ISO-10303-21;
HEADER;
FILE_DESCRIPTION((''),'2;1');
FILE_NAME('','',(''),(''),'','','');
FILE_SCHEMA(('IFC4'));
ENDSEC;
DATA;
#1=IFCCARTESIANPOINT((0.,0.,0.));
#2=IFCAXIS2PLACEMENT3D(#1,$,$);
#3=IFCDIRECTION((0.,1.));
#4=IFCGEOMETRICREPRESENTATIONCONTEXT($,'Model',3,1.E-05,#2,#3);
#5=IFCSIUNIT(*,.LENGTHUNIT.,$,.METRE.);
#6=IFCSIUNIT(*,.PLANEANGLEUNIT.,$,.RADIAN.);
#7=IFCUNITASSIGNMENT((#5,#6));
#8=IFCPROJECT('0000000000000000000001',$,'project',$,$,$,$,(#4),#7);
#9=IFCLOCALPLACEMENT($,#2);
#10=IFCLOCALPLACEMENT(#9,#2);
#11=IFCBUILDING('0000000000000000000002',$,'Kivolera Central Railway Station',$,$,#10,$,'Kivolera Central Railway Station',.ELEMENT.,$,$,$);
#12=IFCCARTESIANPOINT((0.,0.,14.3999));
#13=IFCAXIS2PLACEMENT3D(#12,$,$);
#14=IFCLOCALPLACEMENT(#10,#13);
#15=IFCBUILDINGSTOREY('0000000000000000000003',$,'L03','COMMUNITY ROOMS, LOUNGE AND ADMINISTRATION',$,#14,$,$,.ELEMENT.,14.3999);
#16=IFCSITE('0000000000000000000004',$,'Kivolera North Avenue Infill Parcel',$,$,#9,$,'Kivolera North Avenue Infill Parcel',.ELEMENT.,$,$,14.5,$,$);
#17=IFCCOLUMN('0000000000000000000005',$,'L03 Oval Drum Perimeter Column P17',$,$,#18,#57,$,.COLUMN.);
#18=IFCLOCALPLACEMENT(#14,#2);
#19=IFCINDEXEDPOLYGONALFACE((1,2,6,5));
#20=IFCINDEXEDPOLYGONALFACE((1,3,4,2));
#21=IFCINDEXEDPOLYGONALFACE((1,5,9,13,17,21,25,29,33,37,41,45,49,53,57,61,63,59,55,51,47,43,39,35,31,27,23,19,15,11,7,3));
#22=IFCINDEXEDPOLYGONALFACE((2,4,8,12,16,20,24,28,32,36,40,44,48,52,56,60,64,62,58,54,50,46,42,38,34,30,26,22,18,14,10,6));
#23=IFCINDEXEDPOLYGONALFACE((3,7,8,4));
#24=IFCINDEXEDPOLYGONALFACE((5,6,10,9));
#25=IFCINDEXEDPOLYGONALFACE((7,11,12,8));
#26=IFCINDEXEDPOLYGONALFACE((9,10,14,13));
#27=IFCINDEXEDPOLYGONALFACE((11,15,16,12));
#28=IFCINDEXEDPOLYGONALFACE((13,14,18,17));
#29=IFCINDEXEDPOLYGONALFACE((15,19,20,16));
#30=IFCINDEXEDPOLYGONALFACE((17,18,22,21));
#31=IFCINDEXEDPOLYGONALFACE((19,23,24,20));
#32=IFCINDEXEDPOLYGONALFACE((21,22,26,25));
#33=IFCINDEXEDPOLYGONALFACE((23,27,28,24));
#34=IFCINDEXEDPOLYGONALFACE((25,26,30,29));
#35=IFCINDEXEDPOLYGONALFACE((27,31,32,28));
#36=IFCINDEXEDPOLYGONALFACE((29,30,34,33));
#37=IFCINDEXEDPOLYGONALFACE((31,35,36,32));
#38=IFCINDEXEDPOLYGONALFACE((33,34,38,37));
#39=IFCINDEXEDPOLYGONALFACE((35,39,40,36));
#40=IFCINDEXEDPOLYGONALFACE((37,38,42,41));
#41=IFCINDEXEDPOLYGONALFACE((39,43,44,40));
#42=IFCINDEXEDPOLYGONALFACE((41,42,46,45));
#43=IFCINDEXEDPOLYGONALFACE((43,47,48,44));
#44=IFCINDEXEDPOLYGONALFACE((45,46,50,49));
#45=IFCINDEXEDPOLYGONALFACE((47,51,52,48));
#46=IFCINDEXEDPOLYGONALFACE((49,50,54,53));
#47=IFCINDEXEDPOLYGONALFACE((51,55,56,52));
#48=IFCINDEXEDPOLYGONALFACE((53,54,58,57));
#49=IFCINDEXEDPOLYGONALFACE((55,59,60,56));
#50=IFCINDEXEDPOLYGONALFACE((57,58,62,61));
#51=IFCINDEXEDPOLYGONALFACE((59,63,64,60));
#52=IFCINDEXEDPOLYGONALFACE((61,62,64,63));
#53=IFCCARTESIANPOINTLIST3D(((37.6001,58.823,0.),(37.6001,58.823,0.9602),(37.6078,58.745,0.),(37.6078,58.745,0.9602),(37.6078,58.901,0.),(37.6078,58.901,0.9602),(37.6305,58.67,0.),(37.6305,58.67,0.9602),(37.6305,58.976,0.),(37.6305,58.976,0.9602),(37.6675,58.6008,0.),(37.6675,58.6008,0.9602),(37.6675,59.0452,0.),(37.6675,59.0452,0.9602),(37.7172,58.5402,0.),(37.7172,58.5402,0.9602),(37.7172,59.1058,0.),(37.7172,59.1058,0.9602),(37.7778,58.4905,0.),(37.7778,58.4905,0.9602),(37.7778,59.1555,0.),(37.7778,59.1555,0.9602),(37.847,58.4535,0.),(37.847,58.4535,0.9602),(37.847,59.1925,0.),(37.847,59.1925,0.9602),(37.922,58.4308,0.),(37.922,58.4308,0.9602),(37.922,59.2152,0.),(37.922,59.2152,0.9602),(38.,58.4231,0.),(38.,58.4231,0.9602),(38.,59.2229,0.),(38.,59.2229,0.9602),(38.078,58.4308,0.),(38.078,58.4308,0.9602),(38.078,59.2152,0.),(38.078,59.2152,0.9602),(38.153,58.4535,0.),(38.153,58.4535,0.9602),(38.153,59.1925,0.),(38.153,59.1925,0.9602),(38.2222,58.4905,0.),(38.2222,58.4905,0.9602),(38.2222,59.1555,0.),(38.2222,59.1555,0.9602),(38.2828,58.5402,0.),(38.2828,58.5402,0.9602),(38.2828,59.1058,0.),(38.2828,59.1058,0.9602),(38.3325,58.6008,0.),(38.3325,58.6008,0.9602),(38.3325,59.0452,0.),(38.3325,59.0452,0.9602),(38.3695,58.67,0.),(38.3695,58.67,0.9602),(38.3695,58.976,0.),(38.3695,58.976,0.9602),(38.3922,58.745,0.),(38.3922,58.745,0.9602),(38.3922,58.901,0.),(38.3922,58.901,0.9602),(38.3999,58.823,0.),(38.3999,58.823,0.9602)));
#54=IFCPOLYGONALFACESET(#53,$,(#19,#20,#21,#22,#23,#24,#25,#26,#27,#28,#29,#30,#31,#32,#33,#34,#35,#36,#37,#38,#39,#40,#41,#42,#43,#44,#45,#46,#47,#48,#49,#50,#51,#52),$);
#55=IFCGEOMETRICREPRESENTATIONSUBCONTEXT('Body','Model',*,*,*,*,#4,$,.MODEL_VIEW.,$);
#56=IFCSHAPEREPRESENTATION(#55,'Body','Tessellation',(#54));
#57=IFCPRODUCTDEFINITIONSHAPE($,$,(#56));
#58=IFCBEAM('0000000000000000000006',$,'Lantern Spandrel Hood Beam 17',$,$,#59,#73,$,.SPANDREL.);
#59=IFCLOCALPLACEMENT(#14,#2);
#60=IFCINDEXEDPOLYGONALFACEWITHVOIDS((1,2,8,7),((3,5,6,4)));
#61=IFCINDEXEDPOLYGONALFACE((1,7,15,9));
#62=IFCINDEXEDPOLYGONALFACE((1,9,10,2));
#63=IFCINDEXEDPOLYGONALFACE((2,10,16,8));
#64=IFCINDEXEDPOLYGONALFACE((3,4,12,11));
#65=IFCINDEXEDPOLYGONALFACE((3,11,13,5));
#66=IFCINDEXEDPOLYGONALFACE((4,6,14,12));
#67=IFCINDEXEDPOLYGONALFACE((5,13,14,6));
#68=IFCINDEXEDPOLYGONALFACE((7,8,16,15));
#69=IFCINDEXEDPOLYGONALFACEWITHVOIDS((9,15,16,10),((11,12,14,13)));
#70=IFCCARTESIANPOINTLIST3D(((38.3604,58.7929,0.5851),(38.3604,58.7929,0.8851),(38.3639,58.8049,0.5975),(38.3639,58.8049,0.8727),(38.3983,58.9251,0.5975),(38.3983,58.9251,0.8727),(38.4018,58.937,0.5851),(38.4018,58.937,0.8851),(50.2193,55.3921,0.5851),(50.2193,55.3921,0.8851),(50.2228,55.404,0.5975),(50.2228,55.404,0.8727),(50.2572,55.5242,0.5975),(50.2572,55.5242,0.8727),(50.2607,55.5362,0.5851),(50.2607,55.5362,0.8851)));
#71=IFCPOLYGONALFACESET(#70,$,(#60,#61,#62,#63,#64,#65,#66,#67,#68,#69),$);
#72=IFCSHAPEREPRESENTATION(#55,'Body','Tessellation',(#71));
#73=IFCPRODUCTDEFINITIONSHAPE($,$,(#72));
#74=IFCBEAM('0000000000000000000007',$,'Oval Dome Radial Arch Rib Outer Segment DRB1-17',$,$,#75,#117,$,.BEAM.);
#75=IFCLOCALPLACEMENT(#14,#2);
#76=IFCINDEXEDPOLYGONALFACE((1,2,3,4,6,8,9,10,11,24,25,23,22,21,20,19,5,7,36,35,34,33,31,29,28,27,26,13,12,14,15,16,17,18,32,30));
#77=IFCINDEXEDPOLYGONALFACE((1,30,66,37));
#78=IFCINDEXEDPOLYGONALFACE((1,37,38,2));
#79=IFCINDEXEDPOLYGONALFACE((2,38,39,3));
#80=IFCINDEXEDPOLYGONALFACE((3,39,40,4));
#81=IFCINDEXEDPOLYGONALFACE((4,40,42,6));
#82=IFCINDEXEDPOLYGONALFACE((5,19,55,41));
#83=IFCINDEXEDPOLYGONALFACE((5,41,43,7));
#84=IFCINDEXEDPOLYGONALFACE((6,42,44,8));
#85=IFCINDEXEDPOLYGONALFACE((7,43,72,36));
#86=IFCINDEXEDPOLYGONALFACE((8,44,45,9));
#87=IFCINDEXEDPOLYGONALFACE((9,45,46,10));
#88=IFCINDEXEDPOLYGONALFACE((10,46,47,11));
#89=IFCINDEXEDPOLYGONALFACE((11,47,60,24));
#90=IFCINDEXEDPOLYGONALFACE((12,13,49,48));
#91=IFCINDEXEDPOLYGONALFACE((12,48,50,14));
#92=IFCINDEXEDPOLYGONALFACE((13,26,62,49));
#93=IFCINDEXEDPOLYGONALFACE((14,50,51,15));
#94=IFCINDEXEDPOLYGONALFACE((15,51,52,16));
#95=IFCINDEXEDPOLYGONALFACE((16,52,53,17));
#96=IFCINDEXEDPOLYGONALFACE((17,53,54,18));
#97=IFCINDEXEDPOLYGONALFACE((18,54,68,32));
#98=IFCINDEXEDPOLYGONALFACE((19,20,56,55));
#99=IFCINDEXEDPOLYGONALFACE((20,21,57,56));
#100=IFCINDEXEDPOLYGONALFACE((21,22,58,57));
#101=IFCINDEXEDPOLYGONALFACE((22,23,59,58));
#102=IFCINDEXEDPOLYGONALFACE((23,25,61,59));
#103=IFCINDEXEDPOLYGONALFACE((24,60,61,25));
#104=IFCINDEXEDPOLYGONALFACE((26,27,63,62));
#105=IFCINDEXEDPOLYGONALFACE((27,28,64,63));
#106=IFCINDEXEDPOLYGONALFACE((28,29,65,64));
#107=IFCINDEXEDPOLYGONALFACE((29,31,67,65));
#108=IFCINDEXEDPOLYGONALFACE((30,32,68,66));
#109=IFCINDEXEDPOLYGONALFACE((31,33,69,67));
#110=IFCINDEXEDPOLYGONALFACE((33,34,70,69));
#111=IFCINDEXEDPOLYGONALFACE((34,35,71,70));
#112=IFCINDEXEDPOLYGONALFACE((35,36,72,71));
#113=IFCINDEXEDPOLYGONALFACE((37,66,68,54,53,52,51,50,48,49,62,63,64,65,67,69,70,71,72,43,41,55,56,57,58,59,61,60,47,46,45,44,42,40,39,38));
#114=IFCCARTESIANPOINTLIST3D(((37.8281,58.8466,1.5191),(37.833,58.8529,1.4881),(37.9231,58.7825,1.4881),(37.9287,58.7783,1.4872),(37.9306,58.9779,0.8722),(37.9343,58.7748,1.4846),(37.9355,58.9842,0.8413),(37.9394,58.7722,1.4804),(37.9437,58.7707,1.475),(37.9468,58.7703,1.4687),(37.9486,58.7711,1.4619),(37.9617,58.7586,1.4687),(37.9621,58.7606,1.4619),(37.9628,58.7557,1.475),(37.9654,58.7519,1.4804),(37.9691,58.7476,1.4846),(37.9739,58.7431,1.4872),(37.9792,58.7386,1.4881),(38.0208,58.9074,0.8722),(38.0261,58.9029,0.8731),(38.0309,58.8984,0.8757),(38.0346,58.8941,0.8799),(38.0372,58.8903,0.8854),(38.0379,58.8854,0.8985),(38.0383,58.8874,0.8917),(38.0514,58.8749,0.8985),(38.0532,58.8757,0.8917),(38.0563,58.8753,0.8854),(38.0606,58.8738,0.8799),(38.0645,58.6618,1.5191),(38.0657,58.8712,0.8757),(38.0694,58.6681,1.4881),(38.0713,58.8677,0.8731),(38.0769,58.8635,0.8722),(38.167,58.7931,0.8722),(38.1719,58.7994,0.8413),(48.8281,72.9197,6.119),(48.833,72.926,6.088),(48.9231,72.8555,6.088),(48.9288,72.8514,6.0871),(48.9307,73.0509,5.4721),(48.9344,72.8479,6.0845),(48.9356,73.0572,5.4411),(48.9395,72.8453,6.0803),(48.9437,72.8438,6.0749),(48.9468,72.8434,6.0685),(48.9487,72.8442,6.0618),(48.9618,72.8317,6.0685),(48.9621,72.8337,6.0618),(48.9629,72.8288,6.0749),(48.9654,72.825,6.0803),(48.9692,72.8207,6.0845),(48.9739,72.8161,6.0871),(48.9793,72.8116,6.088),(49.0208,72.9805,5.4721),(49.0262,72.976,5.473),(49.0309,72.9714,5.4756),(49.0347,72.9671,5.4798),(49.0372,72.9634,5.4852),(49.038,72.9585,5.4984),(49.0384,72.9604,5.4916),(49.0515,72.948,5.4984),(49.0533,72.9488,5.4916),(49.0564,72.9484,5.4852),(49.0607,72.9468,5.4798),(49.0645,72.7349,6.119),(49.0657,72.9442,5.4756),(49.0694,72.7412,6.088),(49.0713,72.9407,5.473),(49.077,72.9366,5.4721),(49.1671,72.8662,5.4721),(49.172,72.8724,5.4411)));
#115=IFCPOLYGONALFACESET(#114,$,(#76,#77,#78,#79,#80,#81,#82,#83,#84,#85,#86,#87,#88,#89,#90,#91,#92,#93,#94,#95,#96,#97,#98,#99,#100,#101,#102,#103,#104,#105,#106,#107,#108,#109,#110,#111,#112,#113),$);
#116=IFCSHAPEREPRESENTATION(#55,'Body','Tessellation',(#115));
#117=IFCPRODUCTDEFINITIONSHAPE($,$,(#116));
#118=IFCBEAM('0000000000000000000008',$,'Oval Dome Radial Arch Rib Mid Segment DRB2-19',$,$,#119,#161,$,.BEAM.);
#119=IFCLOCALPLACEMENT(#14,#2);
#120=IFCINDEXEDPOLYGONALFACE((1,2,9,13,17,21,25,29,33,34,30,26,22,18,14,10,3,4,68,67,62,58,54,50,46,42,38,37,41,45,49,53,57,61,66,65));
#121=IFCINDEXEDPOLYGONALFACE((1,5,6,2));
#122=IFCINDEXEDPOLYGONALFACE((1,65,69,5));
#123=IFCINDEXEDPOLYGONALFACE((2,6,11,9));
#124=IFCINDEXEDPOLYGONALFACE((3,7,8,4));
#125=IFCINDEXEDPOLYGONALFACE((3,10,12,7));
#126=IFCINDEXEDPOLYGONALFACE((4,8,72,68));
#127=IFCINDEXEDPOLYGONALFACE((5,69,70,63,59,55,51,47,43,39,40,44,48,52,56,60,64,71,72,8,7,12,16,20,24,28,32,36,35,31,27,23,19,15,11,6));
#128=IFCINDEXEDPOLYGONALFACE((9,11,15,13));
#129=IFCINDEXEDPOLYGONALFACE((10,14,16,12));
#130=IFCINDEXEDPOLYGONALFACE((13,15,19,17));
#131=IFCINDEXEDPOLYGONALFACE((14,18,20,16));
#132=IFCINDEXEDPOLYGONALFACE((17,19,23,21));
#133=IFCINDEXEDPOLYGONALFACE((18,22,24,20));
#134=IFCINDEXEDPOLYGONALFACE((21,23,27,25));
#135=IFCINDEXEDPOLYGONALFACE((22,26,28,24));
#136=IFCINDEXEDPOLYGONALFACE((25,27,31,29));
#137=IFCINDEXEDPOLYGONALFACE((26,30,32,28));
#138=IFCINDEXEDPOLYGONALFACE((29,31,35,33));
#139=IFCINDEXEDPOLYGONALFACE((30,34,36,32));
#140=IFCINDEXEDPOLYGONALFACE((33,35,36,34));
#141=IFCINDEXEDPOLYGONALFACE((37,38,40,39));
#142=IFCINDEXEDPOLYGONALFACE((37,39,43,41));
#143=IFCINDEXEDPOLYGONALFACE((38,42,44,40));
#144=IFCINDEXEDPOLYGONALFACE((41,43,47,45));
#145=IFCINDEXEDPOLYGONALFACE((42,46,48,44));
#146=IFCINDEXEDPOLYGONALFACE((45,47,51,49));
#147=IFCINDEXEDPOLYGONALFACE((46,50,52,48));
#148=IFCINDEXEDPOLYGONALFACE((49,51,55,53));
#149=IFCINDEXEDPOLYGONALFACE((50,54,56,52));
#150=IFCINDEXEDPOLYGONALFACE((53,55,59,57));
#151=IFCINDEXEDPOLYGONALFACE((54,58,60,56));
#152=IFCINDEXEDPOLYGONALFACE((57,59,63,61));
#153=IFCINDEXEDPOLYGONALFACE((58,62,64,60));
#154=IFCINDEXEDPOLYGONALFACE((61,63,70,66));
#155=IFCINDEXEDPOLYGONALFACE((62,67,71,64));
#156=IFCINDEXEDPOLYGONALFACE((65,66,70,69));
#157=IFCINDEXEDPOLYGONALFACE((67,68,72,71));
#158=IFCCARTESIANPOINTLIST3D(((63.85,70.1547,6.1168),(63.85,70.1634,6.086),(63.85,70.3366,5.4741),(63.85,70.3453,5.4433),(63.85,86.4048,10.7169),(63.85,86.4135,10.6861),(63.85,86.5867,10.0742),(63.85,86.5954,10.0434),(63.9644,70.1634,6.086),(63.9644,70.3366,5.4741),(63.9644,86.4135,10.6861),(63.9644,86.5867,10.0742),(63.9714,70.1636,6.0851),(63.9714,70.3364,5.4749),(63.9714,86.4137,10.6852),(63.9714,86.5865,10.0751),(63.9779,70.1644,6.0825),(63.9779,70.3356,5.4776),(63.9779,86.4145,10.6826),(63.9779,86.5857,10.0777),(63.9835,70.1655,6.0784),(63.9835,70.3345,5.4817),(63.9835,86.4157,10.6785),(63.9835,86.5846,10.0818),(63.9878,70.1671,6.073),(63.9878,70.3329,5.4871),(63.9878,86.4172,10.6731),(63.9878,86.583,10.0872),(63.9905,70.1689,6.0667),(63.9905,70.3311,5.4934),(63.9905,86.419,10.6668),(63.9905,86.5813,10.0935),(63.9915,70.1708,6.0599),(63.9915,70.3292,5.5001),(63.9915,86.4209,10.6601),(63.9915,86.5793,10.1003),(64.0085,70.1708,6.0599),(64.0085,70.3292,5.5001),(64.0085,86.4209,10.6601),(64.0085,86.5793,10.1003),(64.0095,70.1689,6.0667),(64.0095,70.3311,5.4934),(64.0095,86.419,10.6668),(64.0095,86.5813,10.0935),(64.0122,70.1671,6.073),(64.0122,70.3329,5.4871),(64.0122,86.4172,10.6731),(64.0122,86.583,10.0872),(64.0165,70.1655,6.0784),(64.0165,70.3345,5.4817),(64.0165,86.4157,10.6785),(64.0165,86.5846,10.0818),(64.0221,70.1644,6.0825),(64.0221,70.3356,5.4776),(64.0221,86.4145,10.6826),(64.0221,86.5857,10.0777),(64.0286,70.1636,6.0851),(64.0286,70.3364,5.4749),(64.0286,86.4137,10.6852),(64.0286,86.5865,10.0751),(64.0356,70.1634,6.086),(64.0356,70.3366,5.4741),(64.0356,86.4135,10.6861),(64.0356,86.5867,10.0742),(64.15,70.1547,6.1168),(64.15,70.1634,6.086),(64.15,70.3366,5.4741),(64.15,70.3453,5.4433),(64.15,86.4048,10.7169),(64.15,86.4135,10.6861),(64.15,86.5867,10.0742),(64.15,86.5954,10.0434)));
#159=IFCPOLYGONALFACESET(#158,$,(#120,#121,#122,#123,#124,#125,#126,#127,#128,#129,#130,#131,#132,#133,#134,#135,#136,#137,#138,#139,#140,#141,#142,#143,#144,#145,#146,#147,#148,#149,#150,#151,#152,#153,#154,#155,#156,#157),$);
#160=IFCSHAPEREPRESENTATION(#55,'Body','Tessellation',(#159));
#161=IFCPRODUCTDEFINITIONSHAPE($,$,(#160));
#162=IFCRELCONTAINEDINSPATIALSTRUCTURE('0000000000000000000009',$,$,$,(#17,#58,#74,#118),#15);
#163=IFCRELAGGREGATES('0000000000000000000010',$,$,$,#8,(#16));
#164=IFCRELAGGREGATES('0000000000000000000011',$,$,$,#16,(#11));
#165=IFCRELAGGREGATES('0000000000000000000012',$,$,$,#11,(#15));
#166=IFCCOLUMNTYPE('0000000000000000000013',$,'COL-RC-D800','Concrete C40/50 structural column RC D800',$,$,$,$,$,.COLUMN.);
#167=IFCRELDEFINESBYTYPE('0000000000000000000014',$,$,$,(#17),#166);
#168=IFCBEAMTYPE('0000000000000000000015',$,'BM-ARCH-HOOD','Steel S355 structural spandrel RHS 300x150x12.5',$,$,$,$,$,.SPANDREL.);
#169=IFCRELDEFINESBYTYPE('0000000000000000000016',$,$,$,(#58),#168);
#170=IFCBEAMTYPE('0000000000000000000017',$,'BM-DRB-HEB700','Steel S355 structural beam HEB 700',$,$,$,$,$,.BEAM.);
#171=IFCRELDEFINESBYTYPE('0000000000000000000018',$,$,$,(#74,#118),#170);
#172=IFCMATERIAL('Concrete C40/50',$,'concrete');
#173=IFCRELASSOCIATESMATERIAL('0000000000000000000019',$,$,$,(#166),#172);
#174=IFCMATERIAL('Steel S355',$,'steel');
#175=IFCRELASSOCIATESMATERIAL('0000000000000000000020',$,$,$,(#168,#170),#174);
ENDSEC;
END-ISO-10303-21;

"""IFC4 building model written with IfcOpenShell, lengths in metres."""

from ifc_helpers import new_model, si_unit, direction, frame, origin, origin_2d, place, context, subcontext, project, spatial, hollow_rectangle, circle, i_section, extrude, material, material_profile, profile_set, type_object, element, save


model = new_model("IFC4")

# Units and contexts
model_context = context("Model", 3, precision=1e-05, world=origin(), true_north=direction((0.0, 1.0)))
body_context = subcontext(model_context, "Body", "Model", "MODEL_VIEW")
ifc_project = project(units=[si_unit("LENGTHUNIT", "METRE"), si_unit("PLANEANGLEUNIT", "RADIAN")], contexts=[model_context])

# Site, building, storey
site_placement = place(None, origin())
site = spatial("IfcSite", under=ifc_project, at=site_placement, Name="Kivolera North Avenue Infill Parcel", LongName="Kivolera North Avenue Infill Parcel", CompositionType="ELEMENT", RefElevation=14.5)
building_placement = place(site_placement, origin())
building = spatial("IfcBuilding", under=site, at=building_placement, Name="Kivolera Central Railway Station", LongName="Kivolera Central Railway Station", CompositionType="ELEMENT")
storey_placement = place(building_placement, frame((0.0, 0.0, 14.3999)))
storey = spatial("IfcBuildingStorey", under=building, at=storey_placement, Name="L03", Description="COMMUNITY ROOMS, LOUNGE AND ADMINISTRATION", CompositionType="ELEMENT", Elevation=14.3999)

# Column
ifc_material_1 = material(Name="Concrete C40/50", Category="concrete")
ifc_material_profile_1 = material_profile(ifc_material_1, circle(Radius=0.3999, at=origin_2d()), Name="RC D800")
ifc_profile_set_1 = profile_set([ifc_material_profile_1], Name="Concrete C40/50")
column_type = type_object("IfcColumnType", Name="COL-RC-D800", Description="Concrete C40/50 structural column RC D800", PredefinedType="COLUMN", material=ifc_profile_set_1)
column_placement = place(storey_placement, frame((38.0, 58.823, 0.0), z_axis=(0.0, 0.0, 1.0), x_axis=(1.0, 0.0, 0.0)))
element("IfcColumn", 1, at=column_placement, inside=storey, type_object=column_type, Name="L03 Oval Drum Perimeter Column P17", PredefinedType="COLUMN", context=body_context, shape_type="SweptSolid", body=[
    extrude(circle(Radius=0.3999, at=origin_2d()), origin(), (0.0, 0.0, 1.0), 0.9602),
])

# Beams
ifc_material_2 = material(Name="Steel S355", Category="steel")
ifc_material_profile_2 = material_profile(ifc_material_2, hollow_rectangle(XDim=0.1499, YDim=0.3, WallThickness=0.0125, at=origin_2d()), Name="RHS 300x150x12.5")
ifc_profile_set_2 = profile_set([ifc_material_profile_2], Name="Steel S355")
beam_type_1 = type_object("IfcBeamType", Name="BM-ARCH-HOOD", Description="Steel S355 structural spandrel RHS 300x150x12.5", PredefinedType="SPANDREL", material=ifc_profile_set_2)
beam_1_placement = place(storey_placement, frame((38.3811, 58.865, 0.7351), z_axis=(0.961253, -0.275667, 0.0), x_axis=(0.275667, 0.961253, 0.0)))
element("IfcBeam", 2, at=beam_1_placement, inside=storey, type_object=beam_type_1, Name="Lantern Spandrel Hood Beam 17", PredefinedType="SPANDREL", context=body_context, shape_type="SweptSolid", body=[
    extrude(hollow_rectangle(XDim=0.1499, YDim=0.3, WallThickness=0.0125, at=origin_2d()), origin(), (0.0, 0.0, 1.0), 12.3369),
])
ifc_material_profile_3 = material_profile(ifc_material_2, i_section(OverallWidth=0.3, OverallDepth=0.7, WebThickness=0.0171, FlangeThickness=0.032, FilletRadius=0.0271, at=origin_2d()), Name="HEB 700")
ifc_profile_set_3 = profile_set([ifc_material_profile_3], Name="Steel S355")
beam_type_2 = type_object("IfcBeamType", Name="BM-DRB-HEB700", Description="Steel S355 structural beam HEB 700", PredefinedType="BEAM", material=ifc_profile_set_3)
beam_2_placement = place(storey_placement, frame((38.0, 58.823, 1.1802), z_axis=(0.596376, 0.762982, 0.249386), x_axis=(-0.787876, 0.615834, 0.0)))
element("IfcBeam", 3, at=beam_2_placement, inside=storey, type_object=beam_type_2, Name="Oval Dome Radial Arch Rib Outer Segment DRB1-17", PredefinedType="BEAM", context=body_context, shape_type="SweptSolid", body=[
    extrude(i_section(OverallWidth=0.3, OverallDepth=0.7, WebThickness=0.0171, FlangeThickness=0.032, FilletRadius=0.0271, at=origin_2d()), origin(), (0.0, 0.0, 1.0), 18.4448),
])
beam_3_placement = place(storey_placement, frame((64.0, 70.25, 5.78), z_axis=(0.0, 0.96219, 0.27238), x_axis=(-1.0, 0.0, 0.0)))
element("IfcBeam", 4, at=beam_3_placement, inside=storey, type_object=beam_type_2, Name="Oval Dome Radial Arch Rib Mid Segment DRB2-19", PredefinedType="BEAM", context=body_context, shape_type="SweptSolid", body=[
    extrude(i_section(OverallWidth=0.3, OverallDepth=0.7, WebThickness=0.0171, FlangeThickness=0.032, FilletRadius=0.0271, at=origin_2d()), origin(), (0.0, 0.0, 1.0), 16.8887),
])

save(model, "model.ifc")
